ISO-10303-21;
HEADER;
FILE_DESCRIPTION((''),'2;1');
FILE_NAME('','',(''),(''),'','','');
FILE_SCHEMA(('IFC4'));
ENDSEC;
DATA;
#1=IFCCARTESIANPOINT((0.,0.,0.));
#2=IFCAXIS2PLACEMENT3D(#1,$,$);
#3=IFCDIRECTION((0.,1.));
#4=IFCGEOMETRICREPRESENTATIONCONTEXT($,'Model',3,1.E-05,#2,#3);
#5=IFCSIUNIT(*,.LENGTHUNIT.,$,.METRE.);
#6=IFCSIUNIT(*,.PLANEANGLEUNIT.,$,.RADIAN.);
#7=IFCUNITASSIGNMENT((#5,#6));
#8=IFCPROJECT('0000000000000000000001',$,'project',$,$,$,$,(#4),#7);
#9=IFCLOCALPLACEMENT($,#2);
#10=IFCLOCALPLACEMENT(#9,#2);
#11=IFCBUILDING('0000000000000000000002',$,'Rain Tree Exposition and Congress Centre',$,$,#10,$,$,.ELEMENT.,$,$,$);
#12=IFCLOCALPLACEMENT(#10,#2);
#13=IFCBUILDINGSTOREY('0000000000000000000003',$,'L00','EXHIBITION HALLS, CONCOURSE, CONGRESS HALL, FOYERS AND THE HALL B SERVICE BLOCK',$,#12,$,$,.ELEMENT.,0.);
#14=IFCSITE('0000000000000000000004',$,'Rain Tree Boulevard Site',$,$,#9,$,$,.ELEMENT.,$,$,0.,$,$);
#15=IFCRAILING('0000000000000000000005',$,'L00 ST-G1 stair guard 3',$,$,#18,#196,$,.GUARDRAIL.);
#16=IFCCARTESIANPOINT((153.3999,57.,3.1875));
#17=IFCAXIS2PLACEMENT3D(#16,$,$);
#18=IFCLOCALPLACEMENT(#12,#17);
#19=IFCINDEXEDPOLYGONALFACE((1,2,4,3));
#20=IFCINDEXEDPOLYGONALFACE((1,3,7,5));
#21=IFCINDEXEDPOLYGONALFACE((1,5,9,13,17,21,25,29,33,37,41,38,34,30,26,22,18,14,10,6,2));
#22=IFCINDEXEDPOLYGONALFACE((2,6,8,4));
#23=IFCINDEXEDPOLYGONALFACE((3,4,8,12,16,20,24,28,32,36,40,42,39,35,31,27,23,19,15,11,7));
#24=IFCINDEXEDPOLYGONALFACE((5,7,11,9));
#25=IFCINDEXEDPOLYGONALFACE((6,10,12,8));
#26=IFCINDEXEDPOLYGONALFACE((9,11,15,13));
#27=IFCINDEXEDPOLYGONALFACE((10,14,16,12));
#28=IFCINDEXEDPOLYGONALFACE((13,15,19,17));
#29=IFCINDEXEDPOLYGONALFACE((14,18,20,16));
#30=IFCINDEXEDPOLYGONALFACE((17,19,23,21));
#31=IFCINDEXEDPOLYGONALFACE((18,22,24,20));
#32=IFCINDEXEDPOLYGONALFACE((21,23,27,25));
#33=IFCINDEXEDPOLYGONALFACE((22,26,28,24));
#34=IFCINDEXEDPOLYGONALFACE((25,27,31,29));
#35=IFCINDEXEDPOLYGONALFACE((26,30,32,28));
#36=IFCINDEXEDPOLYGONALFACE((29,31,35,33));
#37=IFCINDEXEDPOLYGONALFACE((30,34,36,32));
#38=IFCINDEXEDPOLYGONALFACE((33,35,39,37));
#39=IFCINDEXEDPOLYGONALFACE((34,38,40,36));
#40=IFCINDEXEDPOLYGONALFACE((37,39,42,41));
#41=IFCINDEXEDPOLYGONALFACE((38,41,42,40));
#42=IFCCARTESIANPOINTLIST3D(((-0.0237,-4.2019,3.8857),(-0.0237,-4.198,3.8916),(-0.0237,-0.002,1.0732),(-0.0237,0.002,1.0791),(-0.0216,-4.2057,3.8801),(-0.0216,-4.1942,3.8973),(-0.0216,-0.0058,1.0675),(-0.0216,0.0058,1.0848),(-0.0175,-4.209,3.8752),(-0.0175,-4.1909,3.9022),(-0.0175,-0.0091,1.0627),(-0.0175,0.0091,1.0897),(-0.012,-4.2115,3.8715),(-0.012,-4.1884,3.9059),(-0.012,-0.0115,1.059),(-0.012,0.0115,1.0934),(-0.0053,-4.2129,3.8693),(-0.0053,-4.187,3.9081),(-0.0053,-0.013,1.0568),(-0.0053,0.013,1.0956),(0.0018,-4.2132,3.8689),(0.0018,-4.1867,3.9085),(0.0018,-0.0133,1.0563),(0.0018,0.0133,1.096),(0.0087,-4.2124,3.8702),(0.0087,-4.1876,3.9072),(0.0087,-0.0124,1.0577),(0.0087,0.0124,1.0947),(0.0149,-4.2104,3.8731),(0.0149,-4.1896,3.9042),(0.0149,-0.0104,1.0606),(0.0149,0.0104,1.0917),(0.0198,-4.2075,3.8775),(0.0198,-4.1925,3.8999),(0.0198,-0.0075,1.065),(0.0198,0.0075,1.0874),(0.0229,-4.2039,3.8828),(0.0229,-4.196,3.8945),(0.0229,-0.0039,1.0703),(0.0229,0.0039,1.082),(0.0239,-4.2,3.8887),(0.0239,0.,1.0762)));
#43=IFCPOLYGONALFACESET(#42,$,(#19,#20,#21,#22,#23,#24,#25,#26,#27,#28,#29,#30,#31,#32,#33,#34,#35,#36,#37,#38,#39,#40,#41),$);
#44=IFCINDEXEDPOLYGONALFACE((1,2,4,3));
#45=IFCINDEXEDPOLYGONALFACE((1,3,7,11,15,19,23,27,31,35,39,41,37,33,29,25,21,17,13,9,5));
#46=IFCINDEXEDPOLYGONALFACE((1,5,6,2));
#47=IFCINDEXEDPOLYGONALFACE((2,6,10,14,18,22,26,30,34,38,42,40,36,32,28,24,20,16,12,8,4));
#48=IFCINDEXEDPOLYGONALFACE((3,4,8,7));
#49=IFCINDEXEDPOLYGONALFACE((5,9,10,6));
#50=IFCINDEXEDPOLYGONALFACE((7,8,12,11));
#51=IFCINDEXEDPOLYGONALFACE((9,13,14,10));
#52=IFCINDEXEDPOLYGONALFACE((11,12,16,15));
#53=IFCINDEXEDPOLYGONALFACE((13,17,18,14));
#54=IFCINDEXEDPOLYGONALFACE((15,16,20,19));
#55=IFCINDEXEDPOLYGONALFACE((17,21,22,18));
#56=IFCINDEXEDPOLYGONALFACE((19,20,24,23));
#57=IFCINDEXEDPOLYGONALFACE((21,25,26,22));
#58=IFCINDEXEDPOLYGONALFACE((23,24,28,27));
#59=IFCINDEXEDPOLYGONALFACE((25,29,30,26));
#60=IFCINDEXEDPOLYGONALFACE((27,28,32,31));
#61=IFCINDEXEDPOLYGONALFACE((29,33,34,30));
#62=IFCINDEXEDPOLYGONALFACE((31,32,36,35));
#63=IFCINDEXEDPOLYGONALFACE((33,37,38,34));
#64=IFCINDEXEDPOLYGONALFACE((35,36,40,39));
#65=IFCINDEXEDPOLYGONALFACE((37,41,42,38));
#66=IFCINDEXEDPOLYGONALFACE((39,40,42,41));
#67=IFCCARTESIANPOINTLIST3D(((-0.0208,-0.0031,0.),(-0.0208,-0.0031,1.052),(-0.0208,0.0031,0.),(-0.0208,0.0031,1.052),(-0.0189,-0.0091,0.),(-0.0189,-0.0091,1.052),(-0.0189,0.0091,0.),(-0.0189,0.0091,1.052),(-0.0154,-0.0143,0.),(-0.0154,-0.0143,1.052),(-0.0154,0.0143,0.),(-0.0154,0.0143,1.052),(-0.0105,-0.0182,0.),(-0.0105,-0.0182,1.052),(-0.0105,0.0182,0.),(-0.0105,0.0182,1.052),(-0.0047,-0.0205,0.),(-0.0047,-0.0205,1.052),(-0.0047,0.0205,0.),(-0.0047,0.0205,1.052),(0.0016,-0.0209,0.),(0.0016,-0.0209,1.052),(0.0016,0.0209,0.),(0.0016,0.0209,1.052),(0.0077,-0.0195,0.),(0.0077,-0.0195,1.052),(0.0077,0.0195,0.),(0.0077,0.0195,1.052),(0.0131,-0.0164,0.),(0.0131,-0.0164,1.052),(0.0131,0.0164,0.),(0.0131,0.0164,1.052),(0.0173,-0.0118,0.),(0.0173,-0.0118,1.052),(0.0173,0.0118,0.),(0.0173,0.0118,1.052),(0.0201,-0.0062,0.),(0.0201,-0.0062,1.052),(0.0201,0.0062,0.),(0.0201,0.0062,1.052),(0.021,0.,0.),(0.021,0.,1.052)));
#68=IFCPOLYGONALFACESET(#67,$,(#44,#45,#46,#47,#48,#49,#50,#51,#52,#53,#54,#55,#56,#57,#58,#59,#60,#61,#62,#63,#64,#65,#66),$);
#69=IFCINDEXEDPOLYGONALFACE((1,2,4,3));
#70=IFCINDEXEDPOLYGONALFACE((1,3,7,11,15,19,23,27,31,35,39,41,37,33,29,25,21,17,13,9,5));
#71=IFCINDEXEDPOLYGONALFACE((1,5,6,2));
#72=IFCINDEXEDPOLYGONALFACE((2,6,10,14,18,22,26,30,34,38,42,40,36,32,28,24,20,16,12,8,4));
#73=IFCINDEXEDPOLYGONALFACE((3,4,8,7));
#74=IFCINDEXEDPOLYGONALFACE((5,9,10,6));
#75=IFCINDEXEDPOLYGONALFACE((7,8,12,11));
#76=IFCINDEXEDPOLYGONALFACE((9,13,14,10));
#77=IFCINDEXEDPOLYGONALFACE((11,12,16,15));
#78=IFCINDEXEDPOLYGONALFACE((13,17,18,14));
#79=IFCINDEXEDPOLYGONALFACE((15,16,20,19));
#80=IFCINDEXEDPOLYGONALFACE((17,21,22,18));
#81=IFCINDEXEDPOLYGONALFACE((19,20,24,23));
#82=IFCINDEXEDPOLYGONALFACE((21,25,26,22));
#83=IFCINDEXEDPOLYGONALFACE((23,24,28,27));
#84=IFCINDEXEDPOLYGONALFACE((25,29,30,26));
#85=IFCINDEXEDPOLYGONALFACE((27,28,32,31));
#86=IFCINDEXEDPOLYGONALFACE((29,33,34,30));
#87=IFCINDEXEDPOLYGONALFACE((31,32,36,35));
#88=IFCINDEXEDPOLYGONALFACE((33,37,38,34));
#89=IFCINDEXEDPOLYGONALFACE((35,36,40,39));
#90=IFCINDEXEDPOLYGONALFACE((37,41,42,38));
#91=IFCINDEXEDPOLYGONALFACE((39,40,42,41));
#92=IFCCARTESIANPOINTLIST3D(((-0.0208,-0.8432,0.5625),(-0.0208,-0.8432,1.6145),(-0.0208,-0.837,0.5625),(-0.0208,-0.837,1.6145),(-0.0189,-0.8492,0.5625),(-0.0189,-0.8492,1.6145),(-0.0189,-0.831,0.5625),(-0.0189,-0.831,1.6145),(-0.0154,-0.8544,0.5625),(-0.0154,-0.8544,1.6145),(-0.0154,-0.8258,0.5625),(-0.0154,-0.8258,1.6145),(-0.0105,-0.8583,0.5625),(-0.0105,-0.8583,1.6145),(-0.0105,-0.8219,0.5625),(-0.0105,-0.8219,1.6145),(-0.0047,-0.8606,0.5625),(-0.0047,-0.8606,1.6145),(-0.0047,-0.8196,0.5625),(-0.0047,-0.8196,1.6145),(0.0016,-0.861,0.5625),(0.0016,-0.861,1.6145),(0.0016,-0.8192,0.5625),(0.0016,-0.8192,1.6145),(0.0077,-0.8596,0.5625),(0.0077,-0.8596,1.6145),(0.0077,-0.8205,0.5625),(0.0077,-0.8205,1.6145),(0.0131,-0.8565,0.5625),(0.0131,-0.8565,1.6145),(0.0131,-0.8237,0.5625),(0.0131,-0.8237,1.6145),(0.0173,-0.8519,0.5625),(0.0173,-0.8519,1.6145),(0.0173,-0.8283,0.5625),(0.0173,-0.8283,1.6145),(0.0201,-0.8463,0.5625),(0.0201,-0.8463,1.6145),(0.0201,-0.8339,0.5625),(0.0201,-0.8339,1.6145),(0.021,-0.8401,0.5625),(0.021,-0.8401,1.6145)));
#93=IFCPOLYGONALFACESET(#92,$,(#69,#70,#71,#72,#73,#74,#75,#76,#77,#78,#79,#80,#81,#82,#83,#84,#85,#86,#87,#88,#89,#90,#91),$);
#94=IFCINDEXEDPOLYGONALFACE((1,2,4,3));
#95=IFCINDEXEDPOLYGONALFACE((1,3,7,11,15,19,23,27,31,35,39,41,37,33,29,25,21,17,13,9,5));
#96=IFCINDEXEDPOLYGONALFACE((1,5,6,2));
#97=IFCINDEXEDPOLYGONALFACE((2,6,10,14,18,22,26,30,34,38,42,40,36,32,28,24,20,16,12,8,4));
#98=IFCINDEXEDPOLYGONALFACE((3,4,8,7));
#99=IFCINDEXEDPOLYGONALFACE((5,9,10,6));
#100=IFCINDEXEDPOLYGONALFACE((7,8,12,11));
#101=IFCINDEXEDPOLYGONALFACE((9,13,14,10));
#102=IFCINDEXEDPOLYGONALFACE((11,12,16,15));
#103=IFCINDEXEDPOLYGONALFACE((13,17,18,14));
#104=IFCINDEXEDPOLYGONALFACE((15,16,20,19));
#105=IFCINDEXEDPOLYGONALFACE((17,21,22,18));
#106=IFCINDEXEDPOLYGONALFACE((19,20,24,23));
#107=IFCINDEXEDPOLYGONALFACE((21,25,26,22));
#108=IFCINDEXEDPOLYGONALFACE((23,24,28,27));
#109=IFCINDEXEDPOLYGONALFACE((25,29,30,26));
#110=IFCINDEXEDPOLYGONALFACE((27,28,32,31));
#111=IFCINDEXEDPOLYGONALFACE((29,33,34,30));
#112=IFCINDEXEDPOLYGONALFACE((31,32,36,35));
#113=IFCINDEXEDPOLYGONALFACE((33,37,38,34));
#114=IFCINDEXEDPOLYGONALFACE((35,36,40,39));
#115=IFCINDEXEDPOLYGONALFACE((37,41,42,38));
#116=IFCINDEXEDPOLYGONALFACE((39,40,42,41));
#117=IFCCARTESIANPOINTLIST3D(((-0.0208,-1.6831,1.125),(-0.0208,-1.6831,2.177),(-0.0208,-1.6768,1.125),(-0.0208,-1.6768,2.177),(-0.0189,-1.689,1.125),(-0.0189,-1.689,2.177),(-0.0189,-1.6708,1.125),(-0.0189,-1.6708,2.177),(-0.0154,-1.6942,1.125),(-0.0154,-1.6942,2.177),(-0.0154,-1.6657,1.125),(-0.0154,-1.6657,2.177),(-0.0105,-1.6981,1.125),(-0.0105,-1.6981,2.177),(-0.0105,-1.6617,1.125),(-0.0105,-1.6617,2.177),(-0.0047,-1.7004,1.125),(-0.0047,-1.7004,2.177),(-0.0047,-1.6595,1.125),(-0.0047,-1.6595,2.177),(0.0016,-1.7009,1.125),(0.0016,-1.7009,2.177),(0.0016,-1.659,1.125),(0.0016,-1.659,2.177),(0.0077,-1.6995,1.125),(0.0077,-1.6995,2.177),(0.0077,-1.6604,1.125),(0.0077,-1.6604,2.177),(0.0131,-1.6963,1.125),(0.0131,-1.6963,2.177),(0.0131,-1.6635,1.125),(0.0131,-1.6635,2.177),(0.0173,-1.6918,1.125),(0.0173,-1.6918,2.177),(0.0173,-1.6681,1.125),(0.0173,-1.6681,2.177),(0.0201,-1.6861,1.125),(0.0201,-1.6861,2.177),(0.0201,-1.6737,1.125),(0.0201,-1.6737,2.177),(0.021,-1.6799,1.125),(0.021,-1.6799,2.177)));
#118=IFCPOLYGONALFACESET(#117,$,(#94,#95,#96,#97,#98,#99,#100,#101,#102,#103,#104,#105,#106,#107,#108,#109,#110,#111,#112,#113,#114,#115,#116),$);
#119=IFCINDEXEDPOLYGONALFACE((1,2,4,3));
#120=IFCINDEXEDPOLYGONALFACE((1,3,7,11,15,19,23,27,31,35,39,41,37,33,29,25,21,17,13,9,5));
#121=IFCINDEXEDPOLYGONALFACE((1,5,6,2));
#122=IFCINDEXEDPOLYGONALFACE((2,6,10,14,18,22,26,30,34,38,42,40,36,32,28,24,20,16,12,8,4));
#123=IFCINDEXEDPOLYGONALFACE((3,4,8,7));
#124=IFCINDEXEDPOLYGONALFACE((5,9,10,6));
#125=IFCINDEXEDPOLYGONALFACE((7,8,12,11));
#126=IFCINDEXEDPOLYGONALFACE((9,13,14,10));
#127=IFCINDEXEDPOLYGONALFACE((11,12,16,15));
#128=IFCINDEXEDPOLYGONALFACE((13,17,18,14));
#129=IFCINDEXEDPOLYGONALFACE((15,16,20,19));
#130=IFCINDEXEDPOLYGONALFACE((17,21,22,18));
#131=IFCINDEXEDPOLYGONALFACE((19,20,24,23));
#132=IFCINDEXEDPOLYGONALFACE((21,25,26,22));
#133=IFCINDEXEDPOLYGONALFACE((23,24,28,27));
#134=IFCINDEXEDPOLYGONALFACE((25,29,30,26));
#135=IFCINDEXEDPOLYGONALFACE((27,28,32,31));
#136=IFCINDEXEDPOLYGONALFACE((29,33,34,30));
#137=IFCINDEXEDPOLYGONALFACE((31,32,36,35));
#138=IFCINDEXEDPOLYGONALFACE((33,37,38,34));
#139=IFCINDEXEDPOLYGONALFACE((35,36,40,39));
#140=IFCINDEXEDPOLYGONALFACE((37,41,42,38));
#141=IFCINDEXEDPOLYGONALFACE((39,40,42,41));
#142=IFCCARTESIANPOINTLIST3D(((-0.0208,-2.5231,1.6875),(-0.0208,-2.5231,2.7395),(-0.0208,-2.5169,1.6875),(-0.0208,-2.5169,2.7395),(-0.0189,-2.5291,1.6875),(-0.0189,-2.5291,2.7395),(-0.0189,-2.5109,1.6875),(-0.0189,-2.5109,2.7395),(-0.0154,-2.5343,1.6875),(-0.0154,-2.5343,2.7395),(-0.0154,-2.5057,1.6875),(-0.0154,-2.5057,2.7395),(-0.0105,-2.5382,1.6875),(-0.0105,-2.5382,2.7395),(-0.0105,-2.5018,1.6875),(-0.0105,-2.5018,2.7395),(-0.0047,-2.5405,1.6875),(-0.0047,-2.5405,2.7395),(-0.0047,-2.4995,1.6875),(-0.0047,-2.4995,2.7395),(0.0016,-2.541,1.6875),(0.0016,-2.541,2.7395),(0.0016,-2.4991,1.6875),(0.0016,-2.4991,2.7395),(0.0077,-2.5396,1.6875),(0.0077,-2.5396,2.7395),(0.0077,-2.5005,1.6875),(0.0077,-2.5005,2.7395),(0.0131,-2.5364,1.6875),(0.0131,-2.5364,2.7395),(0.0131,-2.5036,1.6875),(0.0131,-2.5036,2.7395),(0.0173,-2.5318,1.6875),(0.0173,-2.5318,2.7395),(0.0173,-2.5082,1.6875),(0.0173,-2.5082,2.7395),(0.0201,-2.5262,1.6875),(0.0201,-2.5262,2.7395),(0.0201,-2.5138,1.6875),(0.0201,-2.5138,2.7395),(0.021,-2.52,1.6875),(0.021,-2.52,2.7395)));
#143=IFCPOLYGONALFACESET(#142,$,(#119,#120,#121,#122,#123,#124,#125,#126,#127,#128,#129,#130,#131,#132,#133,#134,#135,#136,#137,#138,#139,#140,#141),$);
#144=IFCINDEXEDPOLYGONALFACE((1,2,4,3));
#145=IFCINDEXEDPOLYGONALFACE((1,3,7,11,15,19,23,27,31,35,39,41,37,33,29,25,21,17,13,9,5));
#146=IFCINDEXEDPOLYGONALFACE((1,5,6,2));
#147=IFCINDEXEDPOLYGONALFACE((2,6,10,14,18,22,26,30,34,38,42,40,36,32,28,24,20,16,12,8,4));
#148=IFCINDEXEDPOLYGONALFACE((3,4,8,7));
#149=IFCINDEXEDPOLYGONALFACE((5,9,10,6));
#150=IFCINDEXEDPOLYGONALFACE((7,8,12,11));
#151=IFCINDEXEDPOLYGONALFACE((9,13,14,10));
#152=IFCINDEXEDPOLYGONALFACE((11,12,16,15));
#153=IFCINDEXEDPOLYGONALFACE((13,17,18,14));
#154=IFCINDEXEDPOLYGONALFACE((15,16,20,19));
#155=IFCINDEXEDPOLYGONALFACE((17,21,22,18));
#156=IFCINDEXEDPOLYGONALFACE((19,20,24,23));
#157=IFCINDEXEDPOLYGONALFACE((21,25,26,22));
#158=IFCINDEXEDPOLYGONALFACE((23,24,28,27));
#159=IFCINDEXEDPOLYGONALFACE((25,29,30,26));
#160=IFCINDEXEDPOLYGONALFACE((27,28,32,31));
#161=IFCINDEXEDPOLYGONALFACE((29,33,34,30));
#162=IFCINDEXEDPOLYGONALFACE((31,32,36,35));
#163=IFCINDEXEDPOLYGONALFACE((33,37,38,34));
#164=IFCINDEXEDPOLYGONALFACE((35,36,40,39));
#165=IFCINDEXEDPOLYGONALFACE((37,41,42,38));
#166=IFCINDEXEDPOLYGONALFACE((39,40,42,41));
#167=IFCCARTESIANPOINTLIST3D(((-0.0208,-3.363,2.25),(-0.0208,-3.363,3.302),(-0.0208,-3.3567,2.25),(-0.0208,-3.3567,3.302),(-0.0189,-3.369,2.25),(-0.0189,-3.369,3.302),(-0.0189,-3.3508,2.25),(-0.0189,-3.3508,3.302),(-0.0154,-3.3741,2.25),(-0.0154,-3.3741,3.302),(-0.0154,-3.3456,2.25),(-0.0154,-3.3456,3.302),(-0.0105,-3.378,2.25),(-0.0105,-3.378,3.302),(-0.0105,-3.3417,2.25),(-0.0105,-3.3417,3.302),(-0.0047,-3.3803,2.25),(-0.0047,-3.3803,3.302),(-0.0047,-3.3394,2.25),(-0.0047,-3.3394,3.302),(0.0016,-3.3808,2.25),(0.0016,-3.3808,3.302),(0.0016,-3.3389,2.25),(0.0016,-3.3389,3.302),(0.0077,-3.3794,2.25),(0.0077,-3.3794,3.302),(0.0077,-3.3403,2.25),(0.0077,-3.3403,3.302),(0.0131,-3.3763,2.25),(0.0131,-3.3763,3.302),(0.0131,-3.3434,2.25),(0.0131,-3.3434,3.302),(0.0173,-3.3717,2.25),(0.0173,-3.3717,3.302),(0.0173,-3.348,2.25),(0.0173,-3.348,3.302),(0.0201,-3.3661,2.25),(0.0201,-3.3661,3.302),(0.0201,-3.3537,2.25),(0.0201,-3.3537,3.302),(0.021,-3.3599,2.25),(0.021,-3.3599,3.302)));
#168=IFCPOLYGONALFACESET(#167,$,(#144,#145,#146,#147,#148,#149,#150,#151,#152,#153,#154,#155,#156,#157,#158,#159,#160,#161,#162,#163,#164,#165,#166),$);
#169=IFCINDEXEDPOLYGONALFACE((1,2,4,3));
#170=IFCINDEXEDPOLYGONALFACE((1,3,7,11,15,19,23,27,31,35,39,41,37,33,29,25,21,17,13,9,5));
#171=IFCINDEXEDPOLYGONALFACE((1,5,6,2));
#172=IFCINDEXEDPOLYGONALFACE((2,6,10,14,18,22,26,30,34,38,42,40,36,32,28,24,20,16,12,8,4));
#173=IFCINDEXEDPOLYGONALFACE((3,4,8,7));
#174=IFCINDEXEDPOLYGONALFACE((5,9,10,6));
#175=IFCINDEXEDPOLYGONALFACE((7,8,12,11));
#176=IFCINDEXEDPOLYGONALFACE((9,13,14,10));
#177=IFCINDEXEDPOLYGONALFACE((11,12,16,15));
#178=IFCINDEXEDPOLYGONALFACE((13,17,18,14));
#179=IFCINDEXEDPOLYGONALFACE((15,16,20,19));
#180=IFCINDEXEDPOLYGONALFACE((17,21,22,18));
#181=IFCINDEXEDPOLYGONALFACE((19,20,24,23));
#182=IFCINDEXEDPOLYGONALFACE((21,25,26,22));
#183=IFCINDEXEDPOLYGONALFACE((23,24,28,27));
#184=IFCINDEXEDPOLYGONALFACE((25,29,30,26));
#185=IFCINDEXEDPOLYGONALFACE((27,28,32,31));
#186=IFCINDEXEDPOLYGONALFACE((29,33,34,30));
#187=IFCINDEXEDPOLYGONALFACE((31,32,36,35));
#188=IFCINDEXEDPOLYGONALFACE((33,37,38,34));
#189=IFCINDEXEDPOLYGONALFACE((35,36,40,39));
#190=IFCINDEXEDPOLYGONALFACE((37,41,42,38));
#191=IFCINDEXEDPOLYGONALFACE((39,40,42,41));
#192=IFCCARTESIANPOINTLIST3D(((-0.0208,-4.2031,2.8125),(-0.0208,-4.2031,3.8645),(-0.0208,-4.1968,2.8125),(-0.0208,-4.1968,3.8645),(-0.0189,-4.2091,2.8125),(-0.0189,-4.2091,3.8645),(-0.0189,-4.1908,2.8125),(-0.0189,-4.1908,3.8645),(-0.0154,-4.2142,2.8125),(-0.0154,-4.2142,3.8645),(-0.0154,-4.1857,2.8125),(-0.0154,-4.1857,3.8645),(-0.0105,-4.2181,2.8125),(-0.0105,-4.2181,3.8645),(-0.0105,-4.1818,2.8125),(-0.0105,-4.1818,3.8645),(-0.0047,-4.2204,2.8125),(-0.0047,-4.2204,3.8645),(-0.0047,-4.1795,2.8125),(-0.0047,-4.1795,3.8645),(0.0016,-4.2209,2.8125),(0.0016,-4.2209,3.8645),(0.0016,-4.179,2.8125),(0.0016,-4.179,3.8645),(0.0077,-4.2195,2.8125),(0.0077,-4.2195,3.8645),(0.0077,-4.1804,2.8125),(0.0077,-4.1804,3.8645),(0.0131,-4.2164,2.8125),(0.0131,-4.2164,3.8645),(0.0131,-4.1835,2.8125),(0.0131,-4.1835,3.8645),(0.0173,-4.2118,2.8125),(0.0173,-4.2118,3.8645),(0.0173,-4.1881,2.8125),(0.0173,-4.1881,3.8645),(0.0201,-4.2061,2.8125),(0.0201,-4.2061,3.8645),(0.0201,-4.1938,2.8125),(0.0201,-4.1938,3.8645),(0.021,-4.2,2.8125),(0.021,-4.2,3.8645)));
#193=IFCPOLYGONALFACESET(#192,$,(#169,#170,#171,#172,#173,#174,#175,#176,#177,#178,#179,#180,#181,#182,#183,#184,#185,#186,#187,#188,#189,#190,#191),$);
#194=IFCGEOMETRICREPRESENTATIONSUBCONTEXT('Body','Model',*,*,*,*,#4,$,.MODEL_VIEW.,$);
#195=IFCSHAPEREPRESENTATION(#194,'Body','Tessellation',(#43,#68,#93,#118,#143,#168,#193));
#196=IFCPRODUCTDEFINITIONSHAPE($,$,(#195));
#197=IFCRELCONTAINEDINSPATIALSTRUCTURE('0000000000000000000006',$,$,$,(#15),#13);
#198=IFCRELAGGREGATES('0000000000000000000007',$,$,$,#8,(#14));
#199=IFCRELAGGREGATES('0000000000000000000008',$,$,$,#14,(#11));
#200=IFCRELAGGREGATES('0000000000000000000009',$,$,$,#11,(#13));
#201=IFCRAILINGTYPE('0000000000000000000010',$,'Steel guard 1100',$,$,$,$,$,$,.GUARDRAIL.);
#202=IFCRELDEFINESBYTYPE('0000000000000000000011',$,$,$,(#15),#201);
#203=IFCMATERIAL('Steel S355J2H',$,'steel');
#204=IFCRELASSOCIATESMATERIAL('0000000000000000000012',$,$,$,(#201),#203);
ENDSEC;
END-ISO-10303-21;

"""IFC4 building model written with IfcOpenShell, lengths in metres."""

from ifc_helpers import new_model, si_unit, direction, frame, origin, origin_2d, place, context, subcontext, project, spatial, circle, extrude, material, type_object, element, save


model = new_model("IFC4")

# Units and contexts
model_context = context("Model", 3, precision=1e-05, world=origin(), true_north=direction((0.0, 1.0)))
body_context = subcontext(model_context, "Body", "Model", "MODEL_VIEW")
ifc_project = project(units=[si_unit("LENGTHUNIT", "METRE"), si_unit("PLANEANGLEUNIT", "RADIAN")], contexts=[model_context])

# Site, building, storey
site_placement = place(None, origin())
site = spatial("IfcSite", under=ifc_project, at=site_placement, Name="Rain Tree Boulevard Site", CompositionType="ELEMENT", RefElevation=0.0)
building_placement = place(site_placement, origin())
building = spatial("IfcBuilding", under=site, at=building_placement, Name="Rain Tree Exposition and Congress Centre", CompositionType="ELEMENT")
storey_placement = place(building_placement, origin())
storey = spatial("IfcBuildingStorey", under=building, at=storey_placement, Name="L00", Description="EXHIBITION HALLS, CONCOURSE, CONGRESS HALL, FOYERS AND THE HALL B SERVICE BLOCK", CompositionType="ELEMENT", Elevation=0.0)

# Railing
ifc_material_1 = material(Name="Steel S355J2H", Category="steel")
railing_type_1 = type_object("IfcRailingType", Name="Steel guard 1100", PredefinedType="GUARDRAIL", material=ifc_material_1)
railing_1_placement = place(storey_placement, frame((153.3999, 57.0, 3.1875)))
element("IfcRailing", 1, at=railing_1_placement, inside=storey, type_object=railing_type_1, Name="L00 ST-G1 stair guard 3", PredefinedType="GUARDRAIL", context=body_context, shape_type="SweptSolid", body=[
    extrude(circle(Radius=0.0239, at=origin_2d()), frame((0.0, 0.0, 1.0762), z_axis=(0.0, -0.830904, 0.556416), x_axis=(1.0, 0.0, 0.0)), (0.0, 0.0, 1.0), 5.0547),
    extrude(circle(Radius=0.021, at=origin_2d()), origin(), (0.0, 0.0, 1.0), 1.052),
    extrude(circle(Radius=0.021, at=origin_2d()), frame((0.0, -0.8401, 0.5625)), (0.0, 0.0, 1.0), 1.052),
    extrude(circle(Radius=0.021, at=origin_2d()), frame((0.0, -1.6799, 1.125)), (0.0, 0.0, 1.0), 1.052),
    extrude(circle(Radius=0.021, at=origin_2d()), frame((0.0, -2.52, 1.6875)), (0.0, 0.0, 1.0), 1.052),
    extrude(circle(Radius=0.021, at=origin_2d()), frame((0.0, -3.3599, 2.25)), (0.0, 0.0, 1.0), 1.052),
    extrude(circle(Radius=0.021, at=origin_2d()), frame((0.0, -4.2, 2.8125)), (0.0, 0.0, 1.0), 1.052),
])

save(model, "model.ifc")
